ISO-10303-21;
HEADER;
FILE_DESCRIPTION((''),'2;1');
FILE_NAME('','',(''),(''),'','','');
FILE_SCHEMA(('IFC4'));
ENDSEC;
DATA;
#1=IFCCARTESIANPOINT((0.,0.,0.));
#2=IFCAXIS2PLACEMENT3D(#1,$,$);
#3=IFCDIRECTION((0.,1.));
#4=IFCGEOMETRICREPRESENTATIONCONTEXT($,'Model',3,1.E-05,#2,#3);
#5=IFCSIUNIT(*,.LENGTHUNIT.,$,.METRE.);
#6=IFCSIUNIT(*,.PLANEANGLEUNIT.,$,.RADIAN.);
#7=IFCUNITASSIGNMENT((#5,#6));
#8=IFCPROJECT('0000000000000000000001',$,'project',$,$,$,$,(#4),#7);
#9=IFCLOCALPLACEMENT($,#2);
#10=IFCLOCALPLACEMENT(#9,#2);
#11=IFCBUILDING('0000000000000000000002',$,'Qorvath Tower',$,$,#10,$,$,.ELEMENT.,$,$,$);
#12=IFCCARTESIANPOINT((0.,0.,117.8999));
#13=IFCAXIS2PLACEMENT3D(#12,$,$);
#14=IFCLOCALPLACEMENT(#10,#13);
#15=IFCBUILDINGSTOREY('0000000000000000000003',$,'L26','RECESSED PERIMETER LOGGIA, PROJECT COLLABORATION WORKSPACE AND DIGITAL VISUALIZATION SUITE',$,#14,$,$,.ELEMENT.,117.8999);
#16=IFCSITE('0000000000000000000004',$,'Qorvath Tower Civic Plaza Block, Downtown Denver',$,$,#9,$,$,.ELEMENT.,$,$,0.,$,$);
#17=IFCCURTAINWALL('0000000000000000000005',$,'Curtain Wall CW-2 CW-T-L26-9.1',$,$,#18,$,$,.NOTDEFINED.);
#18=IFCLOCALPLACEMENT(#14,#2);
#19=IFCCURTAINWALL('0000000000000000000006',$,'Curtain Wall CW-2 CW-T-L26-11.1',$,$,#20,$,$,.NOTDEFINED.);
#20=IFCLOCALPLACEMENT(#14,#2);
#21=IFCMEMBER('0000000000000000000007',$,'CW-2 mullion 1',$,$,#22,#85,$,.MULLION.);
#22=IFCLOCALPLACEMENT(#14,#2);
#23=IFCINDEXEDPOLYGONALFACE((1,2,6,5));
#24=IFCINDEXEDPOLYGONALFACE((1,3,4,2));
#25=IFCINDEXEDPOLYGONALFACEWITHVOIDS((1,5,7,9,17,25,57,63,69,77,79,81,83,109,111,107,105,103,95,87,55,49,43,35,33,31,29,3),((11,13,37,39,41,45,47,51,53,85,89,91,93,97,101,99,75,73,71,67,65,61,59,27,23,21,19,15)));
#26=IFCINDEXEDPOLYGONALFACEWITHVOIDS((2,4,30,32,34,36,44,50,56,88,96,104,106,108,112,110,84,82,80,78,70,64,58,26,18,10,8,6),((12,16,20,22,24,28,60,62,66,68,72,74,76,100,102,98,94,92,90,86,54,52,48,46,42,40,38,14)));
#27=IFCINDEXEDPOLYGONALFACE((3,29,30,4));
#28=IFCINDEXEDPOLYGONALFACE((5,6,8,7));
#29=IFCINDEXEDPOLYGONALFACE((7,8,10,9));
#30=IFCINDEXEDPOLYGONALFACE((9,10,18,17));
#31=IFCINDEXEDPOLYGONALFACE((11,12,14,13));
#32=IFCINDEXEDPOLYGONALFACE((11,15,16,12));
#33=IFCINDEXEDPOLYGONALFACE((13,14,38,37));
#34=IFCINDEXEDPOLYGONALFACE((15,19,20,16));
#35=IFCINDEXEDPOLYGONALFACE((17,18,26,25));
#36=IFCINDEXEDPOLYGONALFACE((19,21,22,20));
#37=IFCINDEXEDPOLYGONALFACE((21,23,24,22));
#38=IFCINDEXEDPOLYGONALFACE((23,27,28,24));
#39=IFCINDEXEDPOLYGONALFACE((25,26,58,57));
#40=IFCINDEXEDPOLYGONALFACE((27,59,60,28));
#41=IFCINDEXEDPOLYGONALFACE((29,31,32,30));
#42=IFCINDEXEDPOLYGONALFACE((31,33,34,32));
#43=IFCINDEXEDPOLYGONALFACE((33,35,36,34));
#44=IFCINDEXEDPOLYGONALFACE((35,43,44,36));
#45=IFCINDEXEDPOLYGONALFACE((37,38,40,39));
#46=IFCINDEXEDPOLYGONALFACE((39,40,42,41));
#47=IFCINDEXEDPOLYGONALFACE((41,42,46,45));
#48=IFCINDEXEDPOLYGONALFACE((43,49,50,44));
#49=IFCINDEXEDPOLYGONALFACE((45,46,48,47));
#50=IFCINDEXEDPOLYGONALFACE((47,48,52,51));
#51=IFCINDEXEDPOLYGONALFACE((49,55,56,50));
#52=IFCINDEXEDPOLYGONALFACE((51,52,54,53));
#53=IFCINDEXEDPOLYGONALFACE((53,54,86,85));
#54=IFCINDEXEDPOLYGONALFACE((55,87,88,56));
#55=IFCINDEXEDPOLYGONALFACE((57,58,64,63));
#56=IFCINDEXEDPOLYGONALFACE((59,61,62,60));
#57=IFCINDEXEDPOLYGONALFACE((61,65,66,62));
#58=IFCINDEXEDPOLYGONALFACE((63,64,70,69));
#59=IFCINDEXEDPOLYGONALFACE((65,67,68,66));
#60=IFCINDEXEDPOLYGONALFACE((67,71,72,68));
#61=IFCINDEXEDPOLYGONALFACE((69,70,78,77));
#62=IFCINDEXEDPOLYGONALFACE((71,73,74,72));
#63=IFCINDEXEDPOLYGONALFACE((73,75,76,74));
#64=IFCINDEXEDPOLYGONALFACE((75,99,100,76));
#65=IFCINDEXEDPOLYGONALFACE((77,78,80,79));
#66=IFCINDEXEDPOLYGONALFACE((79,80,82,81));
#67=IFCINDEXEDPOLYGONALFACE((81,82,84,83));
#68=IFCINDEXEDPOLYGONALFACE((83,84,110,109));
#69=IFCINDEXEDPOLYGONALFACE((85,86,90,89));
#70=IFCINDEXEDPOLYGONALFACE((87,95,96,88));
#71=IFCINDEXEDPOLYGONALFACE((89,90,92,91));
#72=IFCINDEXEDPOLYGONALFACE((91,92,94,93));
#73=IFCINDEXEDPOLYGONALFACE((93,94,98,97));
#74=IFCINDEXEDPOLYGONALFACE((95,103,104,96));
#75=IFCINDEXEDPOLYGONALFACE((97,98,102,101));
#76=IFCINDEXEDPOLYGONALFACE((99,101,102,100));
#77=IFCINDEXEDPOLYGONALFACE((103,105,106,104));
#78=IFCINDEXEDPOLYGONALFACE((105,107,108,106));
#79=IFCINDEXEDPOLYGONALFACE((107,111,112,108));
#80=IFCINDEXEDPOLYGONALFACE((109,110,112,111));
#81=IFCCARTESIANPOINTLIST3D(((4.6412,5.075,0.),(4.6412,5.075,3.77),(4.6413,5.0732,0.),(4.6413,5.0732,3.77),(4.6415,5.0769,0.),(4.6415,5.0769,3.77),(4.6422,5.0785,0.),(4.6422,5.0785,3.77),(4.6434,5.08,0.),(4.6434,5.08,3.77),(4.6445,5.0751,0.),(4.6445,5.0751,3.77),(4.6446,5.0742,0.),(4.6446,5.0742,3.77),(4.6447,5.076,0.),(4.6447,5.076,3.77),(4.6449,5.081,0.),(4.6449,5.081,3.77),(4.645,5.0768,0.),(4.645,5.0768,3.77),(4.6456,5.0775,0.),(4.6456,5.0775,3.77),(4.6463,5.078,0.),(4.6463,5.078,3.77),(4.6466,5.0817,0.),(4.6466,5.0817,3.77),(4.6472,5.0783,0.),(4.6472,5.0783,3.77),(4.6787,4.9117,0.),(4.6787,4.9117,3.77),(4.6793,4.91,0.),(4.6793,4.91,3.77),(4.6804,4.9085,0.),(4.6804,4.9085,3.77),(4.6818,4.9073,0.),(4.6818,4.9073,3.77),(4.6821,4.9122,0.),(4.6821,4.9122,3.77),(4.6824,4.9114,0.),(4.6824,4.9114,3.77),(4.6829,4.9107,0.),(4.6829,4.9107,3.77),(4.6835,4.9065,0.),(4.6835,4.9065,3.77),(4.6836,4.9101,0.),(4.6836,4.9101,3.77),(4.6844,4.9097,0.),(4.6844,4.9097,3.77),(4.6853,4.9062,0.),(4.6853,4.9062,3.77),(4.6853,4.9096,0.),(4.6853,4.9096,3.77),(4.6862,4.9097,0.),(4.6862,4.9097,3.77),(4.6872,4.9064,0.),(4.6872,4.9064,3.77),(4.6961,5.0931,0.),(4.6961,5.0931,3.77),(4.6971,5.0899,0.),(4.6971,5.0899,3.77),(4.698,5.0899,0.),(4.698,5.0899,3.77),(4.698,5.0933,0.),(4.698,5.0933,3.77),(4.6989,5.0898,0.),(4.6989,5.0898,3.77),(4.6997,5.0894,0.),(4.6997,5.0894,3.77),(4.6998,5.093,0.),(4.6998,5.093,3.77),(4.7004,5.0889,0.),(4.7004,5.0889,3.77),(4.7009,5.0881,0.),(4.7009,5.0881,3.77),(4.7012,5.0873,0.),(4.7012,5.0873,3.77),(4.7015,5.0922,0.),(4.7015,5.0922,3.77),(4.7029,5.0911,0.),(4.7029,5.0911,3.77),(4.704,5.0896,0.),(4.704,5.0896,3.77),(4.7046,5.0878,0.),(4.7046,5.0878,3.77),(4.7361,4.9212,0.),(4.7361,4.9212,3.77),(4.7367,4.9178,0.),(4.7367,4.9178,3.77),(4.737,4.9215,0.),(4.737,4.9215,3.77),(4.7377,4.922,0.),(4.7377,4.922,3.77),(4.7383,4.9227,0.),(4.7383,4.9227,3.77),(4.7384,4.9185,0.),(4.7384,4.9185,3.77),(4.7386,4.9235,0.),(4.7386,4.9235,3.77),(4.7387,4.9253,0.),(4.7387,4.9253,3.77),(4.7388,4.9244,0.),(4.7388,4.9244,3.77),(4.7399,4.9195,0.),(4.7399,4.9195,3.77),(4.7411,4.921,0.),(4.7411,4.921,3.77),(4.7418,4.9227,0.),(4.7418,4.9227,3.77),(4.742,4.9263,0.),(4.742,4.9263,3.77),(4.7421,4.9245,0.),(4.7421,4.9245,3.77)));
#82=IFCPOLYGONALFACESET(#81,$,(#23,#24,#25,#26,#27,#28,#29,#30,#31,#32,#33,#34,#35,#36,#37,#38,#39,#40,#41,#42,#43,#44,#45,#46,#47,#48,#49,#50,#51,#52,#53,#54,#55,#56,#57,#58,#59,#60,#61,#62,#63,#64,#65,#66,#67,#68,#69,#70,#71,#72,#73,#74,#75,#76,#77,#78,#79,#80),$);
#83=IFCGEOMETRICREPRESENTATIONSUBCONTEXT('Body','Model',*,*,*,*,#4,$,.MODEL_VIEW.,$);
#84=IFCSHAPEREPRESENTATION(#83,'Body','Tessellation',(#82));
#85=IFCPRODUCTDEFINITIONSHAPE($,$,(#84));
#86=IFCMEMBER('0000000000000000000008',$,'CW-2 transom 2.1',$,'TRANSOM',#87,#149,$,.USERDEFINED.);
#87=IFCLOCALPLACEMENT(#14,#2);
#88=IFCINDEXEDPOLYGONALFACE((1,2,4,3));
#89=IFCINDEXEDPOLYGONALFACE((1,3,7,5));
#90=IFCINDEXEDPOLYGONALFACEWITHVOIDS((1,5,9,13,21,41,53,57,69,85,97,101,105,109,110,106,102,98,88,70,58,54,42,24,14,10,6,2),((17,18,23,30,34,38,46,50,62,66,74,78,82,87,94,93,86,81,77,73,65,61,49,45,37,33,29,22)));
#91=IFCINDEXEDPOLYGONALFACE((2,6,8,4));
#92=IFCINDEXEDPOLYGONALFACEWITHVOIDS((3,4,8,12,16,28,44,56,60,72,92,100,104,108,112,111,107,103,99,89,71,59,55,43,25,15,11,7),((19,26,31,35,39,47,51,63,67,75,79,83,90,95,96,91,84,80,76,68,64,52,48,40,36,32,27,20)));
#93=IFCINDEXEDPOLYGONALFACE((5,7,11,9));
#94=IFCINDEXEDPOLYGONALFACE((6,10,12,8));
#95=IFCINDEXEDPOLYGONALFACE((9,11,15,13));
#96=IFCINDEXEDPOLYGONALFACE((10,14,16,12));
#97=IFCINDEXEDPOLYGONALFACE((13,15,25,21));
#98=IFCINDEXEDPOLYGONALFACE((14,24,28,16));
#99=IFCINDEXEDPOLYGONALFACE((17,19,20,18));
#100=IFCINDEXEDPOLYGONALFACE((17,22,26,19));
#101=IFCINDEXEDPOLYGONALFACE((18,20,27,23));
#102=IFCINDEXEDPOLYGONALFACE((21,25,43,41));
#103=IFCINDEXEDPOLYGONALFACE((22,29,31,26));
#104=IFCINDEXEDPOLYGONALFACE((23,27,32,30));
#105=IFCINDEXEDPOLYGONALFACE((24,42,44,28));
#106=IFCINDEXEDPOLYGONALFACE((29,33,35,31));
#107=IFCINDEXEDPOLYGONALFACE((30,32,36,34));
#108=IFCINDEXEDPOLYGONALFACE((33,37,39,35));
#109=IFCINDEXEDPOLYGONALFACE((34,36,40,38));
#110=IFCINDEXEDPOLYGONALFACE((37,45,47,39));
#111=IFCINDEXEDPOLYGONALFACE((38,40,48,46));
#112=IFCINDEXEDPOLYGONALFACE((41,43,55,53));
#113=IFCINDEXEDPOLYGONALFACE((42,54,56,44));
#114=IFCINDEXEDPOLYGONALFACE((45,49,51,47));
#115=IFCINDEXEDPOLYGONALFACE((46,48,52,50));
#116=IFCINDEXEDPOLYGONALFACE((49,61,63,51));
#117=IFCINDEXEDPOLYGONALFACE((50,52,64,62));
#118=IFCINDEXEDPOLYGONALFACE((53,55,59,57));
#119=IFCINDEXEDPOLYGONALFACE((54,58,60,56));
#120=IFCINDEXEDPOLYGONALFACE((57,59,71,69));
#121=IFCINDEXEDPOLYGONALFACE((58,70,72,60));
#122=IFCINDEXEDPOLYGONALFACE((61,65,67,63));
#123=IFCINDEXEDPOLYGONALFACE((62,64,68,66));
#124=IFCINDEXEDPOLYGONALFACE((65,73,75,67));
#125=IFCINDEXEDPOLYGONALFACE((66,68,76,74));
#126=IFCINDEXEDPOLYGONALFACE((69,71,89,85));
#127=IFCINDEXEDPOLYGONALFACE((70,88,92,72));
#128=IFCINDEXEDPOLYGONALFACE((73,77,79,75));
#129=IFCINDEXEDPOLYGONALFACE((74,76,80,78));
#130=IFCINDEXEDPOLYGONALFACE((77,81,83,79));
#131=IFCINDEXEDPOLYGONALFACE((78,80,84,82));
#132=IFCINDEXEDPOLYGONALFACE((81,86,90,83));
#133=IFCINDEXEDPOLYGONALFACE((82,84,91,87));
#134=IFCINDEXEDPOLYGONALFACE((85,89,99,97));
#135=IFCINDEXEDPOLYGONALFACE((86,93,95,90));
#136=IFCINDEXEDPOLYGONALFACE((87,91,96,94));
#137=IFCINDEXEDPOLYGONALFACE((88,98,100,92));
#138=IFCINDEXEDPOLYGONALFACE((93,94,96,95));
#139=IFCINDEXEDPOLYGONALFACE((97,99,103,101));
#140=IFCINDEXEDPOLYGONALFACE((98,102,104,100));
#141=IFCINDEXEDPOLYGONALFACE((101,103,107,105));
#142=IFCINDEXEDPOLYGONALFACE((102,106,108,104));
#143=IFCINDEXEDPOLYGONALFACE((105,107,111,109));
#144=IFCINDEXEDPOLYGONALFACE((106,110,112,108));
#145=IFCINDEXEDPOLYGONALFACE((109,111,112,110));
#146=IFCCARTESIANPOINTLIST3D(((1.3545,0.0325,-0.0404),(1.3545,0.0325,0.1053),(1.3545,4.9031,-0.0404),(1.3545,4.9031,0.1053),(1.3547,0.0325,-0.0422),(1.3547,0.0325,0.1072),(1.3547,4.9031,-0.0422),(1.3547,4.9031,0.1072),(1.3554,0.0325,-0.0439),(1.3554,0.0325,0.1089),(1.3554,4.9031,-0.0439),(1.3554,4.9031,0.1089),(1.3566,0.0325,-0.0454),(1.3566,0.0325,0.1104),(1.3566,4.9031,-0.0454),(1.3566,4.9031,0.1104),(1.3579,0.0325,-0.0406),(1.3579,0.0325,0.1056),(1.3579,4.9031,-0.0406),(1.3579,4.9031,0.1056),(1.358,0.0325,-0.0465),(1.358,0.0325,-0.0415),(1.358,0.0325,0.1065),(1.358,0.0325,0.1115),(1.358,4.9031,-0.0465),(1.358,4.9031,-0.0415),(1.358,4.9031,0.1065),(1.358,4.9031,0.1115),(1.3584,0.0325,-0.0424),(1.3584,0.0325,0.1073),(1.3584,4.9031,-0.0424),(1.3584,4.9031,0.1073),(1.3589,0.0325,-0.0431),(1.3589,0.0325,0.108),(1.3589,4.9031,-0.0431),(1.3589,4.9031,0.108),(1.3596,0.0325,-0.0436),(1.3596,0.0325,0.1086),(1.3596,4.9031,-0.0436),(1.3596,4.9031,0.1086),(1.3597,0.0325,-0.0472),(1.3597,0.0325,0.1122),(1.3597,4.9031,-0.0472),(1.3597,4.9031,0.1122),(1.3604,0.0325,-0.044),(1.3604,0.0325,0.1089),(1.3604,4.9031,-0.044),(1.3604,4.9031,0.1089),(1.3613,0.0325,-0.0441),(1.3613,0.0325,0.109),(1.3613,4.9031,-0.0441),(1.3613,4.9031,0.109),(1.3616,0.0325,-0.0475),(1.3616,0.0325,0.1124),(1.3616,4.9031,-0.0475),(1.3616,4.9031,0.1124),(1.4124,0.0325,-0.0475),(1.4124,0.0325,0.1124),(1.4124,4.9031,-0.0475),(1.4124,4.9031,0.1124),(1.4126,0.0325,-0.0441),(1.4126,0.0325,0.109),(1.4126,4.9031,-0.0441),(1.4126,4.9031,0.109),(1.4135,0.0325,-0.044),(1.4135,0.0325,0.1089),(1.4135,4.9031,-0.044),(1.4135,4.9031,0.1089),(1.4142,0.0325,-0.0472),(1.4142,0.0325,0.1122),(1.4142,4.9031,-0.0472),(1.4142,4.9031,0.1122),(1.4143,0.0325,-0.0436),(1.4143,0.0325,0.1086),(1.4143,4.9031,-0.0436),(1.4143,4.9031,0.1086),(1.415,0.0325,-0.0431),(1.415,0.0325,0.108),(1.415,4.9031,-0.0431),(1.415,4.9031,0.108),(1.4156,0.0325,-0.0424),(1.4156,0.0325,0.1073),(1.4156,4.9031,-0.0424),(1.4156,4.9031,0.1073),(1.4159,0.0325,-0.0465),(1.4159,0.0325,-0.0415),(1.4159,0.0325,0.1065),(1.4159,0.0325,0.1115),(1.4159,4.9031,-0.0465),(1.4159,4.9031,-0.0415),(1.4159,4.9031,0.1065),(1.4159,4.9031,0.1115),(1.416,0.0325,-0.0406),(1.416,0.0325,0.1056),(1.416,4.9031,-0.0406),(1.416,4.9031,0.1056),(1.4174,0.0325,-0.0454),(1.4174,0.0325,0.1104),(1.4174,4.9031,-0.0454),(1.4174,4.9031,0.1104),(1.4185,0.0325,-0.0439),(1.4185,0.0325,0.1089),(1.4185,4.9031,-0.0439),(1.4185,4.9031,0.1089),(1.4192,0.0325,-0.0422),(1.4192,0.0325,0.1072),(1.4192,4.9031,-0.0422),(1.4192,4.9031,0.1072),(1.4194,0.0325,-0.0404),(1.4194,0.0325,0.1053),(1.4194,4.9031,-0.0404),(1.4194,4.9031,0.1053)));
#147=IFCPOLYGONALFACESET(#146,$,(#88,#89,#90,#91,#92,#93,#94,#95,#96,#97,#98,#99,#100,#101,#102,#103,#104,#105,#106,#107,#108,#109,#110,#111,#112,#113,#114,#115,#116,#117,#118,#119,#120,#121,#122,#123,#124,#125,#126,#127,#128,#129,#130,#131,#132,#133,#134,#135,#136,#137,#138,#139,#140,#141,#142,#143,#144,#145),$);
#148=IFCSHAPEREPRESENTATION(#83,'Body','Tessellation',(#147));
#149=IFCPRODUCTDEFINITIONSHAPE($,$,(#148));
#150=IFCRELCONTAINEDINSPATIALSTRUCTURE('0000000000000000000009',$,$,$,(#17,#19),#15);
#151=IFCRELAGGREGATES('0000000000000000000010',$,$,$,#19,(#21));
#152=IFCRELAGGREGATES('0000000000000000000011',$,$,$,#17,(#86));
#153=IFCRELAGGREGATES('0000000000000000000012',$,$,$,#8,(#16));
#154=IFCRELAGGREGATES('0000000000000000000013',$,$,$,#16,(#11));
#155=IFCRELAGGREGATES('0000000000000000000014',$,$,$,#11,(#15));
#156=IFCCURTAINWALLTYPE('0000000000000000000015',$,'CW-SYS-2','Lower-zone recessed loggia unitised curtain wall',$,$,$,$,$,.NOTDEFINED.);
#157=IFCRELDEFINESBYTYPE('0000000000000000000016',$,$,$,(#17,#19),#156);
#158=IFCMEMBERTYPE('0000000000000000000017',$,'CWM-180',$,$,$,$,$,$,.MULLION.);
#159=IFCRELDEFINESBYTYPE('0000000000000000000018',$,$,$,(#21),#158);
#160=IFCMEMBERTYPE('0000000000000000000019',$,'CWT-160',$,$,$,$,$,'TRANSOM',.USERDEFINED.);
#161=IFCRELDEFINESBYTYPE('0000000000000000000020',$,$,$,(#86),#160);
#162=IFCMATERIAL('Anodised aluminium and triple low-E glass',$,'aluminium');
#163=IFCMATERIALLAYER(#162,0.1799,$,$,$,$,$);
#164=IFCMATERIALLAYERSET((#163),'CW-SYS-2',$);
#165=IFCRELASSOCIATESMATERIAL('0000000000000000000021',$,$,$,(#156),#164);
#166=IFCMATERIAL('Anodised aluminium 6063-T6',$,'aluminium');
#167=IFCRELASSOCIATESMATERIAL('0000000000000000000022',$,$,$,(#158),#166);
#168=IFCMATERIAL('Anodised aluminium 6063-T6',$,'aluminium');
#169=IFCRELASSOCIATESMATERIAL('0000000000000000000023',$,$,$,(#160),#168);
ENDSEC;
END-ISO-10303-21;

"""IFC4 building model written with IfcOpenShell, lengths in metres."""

from ifc_helpers import new_model, si_unit, direction, frame, origin, origin_2d, place, context, subcontext, project, spatial, hollow_rectangle, extrude, material, layer, layer_set, material_profile, profile_set, type_object, element, aggregate, save


model = new_model("IFC4")

# Units and contexts
model_context = context("Model", 3, precision=1e-05, world=origin(), true_north=direction((0.0, 1.0)))
body_context = subcontext(model_context, "Body", "Model", "MODEL_VIEW")
ifc_project = project(units=[si_unit("LENGTHUNIT", "METRE"), si_unit("PLANEANGLEUNIT", "RADIAN")], contexts=[model_context])

# Site, building, storey
site_placement = place(None, origin())
site = spatial("IfcSite", under=ifc_project, at=site_placement, Name="Qorvath Tower Civic Plaza Block, Downtown Denver", CompositionType="ELEMENT", RefElevation=0.0)
building_placement = place(site_placement, origin())
building = spatial("IfcBuilding", under=site, at=building_placement, Name="Qorvath Tower", CompositionType="ELEMENT")
storey_placement = place(building_placement, frame((0.0, 0.0, 117.8999)))
storey = spatial("IfcBuildingStorey", under=building, at=storey_placement, Name="L26", Description="RECESSED PERIMETER LOGGIA, PROJECT COLLABORATION WORKSPACE AND DIGITAL VISUALIZATION SUITE", CompositionType="ELEMENT", Elevation=117.8999)

# Curtain wall
ifc_material_1 = material(Name="Anodised aluminium and triple low-E glass", Category="aluminium")
ifc_layer_1 = layer(ifc_material_1, 0.1799)
ifc_layer_set_1 = layer_set([ifc_layer_1], Name="CW-SYS-2")
curtain_wall_type = type_object("IfcCurtainWallType", Name="CW-SYS-2", Description="Lower-zone recessed loggia unitised curtain wall", PredefinedType="NOTDEFINED", material=ifc_layer_set_1)
curtain_wall_1_placement = place(storey_placement, origin())
curtain_wall_1 = element("IfcCurtainWall", 1, at=curtain_wall_1_placement, inside=storey, type_object=curtain_wall_type, Name="Curtain Wall CW-2 CW-T-L26-9.1", PredefinedType="NOTDEFINED")
ifc_material_2 = material(Name="Anodised aluminium 6063-T6", Category="aluminium")
ifc_material_profile_1 = material_profile(ifc_material_2, hollow_rectangle(XDim=0.0649, YDim=0.1799, WallThickness=0.0034, InnerFilletRadius=0.0034, OuterFilletRadius=0.0071, at=origin_2d()), Name="CWM 180x65")
ifc_profile_set_1 = profile_set([ifc_material_profile_1], Name="Anodised aluminium 6063-T6")
member_type_1 = type_object("IfcMemberType", Name="CWM-180", PredefinedType="MULLION", material=ifc_profile_set_1)

# Curtain wall, member
curtain_wall_2_placement = place(storey_placement, origin())
curtain_wall_2 = element("IfcCurtainWall", 2, at=curtain_wall_2_placement, inside=storey, type_object=curtain_wall_type, Name="Curtain Wall CW-2 CW-T-L26-11.1", PredefinedType="NOTDEFINED")
member_1_placement = place(storey_placement, frame((4.6917, 4.9998, 0.0), z_axis=(0.0, 0.0, 1.0), x_axis=(-0.974296, -0.22527, 0.0)))
member_1 = element("IfcMember", 3, at=member_1_placement, type_object=member_type_1, Name="CW-2 mullion 1", PredefinedType="MULLION", context=body_context, shape_type="SweptSolid", body=[
    extrude(hollow_rectangle(XDim=0.0649, YDim=0.1799, WallThickness=0.0034, InnerFilletRadius=0.0034, OuterFilletRadius=0.0071, at=origin_2d()), origin(), (0.0, 0.0, 1.0), 3.77),
])

# Member
ifc_material_3 = material(Name="Anodised aluminium 6063-T6", Category="aluminium")
ifc_material_profile_2 = material_profile(ifc_material_3, hollow_rectangle(XDim=0.0649, YDim=0.1599, WallThickness=0.0034, InnerFilletRadius=0.0034, OuterFilletRadius=0.0071, at=origin_2d()), Name="CWT 160x65")
ifc_profile_set_2 = profile_set([ifc_material_profile_2], Name="Anodised aluminium 6063-T6")
member_type_2 = type_object("IfcMemberType", Name="CWT-160", ElementType="TRANSOM", PredefinedType="USERDEFINED", material=ifc_profile_set_2)
member_2_placement = place(storey_placement, frame((1.387, 0.0325, 0.0325), z_axis=(0.0, 1.0, 0.0), x_axis=(-1.0, 0.0, 0.0)))
member_2 = element("IfcMember", 4, at=member_2_placement, type_object=member_type_2, Name="CW-2 transom 2.1", ObjectType="TRANSOM", PredefinedType="USERDEFINED", context=body_context, shape_type="SweptSolid", body=[
    extrude(hollow_rectangle(XDim=0.0649, YDim=0.1599, WallThickness=0.0034, InnerFilletRadius=0.0034, OuterFilletRadius=0.0071, at=origin_2d()), origin(), (0.0, 0.0, 1.0), 4.8706),
])
aggregate(curtain_wall_2, [member_1])

aggregate(curtain_wall_1, [member_2])

save(model, "model.ifc")
